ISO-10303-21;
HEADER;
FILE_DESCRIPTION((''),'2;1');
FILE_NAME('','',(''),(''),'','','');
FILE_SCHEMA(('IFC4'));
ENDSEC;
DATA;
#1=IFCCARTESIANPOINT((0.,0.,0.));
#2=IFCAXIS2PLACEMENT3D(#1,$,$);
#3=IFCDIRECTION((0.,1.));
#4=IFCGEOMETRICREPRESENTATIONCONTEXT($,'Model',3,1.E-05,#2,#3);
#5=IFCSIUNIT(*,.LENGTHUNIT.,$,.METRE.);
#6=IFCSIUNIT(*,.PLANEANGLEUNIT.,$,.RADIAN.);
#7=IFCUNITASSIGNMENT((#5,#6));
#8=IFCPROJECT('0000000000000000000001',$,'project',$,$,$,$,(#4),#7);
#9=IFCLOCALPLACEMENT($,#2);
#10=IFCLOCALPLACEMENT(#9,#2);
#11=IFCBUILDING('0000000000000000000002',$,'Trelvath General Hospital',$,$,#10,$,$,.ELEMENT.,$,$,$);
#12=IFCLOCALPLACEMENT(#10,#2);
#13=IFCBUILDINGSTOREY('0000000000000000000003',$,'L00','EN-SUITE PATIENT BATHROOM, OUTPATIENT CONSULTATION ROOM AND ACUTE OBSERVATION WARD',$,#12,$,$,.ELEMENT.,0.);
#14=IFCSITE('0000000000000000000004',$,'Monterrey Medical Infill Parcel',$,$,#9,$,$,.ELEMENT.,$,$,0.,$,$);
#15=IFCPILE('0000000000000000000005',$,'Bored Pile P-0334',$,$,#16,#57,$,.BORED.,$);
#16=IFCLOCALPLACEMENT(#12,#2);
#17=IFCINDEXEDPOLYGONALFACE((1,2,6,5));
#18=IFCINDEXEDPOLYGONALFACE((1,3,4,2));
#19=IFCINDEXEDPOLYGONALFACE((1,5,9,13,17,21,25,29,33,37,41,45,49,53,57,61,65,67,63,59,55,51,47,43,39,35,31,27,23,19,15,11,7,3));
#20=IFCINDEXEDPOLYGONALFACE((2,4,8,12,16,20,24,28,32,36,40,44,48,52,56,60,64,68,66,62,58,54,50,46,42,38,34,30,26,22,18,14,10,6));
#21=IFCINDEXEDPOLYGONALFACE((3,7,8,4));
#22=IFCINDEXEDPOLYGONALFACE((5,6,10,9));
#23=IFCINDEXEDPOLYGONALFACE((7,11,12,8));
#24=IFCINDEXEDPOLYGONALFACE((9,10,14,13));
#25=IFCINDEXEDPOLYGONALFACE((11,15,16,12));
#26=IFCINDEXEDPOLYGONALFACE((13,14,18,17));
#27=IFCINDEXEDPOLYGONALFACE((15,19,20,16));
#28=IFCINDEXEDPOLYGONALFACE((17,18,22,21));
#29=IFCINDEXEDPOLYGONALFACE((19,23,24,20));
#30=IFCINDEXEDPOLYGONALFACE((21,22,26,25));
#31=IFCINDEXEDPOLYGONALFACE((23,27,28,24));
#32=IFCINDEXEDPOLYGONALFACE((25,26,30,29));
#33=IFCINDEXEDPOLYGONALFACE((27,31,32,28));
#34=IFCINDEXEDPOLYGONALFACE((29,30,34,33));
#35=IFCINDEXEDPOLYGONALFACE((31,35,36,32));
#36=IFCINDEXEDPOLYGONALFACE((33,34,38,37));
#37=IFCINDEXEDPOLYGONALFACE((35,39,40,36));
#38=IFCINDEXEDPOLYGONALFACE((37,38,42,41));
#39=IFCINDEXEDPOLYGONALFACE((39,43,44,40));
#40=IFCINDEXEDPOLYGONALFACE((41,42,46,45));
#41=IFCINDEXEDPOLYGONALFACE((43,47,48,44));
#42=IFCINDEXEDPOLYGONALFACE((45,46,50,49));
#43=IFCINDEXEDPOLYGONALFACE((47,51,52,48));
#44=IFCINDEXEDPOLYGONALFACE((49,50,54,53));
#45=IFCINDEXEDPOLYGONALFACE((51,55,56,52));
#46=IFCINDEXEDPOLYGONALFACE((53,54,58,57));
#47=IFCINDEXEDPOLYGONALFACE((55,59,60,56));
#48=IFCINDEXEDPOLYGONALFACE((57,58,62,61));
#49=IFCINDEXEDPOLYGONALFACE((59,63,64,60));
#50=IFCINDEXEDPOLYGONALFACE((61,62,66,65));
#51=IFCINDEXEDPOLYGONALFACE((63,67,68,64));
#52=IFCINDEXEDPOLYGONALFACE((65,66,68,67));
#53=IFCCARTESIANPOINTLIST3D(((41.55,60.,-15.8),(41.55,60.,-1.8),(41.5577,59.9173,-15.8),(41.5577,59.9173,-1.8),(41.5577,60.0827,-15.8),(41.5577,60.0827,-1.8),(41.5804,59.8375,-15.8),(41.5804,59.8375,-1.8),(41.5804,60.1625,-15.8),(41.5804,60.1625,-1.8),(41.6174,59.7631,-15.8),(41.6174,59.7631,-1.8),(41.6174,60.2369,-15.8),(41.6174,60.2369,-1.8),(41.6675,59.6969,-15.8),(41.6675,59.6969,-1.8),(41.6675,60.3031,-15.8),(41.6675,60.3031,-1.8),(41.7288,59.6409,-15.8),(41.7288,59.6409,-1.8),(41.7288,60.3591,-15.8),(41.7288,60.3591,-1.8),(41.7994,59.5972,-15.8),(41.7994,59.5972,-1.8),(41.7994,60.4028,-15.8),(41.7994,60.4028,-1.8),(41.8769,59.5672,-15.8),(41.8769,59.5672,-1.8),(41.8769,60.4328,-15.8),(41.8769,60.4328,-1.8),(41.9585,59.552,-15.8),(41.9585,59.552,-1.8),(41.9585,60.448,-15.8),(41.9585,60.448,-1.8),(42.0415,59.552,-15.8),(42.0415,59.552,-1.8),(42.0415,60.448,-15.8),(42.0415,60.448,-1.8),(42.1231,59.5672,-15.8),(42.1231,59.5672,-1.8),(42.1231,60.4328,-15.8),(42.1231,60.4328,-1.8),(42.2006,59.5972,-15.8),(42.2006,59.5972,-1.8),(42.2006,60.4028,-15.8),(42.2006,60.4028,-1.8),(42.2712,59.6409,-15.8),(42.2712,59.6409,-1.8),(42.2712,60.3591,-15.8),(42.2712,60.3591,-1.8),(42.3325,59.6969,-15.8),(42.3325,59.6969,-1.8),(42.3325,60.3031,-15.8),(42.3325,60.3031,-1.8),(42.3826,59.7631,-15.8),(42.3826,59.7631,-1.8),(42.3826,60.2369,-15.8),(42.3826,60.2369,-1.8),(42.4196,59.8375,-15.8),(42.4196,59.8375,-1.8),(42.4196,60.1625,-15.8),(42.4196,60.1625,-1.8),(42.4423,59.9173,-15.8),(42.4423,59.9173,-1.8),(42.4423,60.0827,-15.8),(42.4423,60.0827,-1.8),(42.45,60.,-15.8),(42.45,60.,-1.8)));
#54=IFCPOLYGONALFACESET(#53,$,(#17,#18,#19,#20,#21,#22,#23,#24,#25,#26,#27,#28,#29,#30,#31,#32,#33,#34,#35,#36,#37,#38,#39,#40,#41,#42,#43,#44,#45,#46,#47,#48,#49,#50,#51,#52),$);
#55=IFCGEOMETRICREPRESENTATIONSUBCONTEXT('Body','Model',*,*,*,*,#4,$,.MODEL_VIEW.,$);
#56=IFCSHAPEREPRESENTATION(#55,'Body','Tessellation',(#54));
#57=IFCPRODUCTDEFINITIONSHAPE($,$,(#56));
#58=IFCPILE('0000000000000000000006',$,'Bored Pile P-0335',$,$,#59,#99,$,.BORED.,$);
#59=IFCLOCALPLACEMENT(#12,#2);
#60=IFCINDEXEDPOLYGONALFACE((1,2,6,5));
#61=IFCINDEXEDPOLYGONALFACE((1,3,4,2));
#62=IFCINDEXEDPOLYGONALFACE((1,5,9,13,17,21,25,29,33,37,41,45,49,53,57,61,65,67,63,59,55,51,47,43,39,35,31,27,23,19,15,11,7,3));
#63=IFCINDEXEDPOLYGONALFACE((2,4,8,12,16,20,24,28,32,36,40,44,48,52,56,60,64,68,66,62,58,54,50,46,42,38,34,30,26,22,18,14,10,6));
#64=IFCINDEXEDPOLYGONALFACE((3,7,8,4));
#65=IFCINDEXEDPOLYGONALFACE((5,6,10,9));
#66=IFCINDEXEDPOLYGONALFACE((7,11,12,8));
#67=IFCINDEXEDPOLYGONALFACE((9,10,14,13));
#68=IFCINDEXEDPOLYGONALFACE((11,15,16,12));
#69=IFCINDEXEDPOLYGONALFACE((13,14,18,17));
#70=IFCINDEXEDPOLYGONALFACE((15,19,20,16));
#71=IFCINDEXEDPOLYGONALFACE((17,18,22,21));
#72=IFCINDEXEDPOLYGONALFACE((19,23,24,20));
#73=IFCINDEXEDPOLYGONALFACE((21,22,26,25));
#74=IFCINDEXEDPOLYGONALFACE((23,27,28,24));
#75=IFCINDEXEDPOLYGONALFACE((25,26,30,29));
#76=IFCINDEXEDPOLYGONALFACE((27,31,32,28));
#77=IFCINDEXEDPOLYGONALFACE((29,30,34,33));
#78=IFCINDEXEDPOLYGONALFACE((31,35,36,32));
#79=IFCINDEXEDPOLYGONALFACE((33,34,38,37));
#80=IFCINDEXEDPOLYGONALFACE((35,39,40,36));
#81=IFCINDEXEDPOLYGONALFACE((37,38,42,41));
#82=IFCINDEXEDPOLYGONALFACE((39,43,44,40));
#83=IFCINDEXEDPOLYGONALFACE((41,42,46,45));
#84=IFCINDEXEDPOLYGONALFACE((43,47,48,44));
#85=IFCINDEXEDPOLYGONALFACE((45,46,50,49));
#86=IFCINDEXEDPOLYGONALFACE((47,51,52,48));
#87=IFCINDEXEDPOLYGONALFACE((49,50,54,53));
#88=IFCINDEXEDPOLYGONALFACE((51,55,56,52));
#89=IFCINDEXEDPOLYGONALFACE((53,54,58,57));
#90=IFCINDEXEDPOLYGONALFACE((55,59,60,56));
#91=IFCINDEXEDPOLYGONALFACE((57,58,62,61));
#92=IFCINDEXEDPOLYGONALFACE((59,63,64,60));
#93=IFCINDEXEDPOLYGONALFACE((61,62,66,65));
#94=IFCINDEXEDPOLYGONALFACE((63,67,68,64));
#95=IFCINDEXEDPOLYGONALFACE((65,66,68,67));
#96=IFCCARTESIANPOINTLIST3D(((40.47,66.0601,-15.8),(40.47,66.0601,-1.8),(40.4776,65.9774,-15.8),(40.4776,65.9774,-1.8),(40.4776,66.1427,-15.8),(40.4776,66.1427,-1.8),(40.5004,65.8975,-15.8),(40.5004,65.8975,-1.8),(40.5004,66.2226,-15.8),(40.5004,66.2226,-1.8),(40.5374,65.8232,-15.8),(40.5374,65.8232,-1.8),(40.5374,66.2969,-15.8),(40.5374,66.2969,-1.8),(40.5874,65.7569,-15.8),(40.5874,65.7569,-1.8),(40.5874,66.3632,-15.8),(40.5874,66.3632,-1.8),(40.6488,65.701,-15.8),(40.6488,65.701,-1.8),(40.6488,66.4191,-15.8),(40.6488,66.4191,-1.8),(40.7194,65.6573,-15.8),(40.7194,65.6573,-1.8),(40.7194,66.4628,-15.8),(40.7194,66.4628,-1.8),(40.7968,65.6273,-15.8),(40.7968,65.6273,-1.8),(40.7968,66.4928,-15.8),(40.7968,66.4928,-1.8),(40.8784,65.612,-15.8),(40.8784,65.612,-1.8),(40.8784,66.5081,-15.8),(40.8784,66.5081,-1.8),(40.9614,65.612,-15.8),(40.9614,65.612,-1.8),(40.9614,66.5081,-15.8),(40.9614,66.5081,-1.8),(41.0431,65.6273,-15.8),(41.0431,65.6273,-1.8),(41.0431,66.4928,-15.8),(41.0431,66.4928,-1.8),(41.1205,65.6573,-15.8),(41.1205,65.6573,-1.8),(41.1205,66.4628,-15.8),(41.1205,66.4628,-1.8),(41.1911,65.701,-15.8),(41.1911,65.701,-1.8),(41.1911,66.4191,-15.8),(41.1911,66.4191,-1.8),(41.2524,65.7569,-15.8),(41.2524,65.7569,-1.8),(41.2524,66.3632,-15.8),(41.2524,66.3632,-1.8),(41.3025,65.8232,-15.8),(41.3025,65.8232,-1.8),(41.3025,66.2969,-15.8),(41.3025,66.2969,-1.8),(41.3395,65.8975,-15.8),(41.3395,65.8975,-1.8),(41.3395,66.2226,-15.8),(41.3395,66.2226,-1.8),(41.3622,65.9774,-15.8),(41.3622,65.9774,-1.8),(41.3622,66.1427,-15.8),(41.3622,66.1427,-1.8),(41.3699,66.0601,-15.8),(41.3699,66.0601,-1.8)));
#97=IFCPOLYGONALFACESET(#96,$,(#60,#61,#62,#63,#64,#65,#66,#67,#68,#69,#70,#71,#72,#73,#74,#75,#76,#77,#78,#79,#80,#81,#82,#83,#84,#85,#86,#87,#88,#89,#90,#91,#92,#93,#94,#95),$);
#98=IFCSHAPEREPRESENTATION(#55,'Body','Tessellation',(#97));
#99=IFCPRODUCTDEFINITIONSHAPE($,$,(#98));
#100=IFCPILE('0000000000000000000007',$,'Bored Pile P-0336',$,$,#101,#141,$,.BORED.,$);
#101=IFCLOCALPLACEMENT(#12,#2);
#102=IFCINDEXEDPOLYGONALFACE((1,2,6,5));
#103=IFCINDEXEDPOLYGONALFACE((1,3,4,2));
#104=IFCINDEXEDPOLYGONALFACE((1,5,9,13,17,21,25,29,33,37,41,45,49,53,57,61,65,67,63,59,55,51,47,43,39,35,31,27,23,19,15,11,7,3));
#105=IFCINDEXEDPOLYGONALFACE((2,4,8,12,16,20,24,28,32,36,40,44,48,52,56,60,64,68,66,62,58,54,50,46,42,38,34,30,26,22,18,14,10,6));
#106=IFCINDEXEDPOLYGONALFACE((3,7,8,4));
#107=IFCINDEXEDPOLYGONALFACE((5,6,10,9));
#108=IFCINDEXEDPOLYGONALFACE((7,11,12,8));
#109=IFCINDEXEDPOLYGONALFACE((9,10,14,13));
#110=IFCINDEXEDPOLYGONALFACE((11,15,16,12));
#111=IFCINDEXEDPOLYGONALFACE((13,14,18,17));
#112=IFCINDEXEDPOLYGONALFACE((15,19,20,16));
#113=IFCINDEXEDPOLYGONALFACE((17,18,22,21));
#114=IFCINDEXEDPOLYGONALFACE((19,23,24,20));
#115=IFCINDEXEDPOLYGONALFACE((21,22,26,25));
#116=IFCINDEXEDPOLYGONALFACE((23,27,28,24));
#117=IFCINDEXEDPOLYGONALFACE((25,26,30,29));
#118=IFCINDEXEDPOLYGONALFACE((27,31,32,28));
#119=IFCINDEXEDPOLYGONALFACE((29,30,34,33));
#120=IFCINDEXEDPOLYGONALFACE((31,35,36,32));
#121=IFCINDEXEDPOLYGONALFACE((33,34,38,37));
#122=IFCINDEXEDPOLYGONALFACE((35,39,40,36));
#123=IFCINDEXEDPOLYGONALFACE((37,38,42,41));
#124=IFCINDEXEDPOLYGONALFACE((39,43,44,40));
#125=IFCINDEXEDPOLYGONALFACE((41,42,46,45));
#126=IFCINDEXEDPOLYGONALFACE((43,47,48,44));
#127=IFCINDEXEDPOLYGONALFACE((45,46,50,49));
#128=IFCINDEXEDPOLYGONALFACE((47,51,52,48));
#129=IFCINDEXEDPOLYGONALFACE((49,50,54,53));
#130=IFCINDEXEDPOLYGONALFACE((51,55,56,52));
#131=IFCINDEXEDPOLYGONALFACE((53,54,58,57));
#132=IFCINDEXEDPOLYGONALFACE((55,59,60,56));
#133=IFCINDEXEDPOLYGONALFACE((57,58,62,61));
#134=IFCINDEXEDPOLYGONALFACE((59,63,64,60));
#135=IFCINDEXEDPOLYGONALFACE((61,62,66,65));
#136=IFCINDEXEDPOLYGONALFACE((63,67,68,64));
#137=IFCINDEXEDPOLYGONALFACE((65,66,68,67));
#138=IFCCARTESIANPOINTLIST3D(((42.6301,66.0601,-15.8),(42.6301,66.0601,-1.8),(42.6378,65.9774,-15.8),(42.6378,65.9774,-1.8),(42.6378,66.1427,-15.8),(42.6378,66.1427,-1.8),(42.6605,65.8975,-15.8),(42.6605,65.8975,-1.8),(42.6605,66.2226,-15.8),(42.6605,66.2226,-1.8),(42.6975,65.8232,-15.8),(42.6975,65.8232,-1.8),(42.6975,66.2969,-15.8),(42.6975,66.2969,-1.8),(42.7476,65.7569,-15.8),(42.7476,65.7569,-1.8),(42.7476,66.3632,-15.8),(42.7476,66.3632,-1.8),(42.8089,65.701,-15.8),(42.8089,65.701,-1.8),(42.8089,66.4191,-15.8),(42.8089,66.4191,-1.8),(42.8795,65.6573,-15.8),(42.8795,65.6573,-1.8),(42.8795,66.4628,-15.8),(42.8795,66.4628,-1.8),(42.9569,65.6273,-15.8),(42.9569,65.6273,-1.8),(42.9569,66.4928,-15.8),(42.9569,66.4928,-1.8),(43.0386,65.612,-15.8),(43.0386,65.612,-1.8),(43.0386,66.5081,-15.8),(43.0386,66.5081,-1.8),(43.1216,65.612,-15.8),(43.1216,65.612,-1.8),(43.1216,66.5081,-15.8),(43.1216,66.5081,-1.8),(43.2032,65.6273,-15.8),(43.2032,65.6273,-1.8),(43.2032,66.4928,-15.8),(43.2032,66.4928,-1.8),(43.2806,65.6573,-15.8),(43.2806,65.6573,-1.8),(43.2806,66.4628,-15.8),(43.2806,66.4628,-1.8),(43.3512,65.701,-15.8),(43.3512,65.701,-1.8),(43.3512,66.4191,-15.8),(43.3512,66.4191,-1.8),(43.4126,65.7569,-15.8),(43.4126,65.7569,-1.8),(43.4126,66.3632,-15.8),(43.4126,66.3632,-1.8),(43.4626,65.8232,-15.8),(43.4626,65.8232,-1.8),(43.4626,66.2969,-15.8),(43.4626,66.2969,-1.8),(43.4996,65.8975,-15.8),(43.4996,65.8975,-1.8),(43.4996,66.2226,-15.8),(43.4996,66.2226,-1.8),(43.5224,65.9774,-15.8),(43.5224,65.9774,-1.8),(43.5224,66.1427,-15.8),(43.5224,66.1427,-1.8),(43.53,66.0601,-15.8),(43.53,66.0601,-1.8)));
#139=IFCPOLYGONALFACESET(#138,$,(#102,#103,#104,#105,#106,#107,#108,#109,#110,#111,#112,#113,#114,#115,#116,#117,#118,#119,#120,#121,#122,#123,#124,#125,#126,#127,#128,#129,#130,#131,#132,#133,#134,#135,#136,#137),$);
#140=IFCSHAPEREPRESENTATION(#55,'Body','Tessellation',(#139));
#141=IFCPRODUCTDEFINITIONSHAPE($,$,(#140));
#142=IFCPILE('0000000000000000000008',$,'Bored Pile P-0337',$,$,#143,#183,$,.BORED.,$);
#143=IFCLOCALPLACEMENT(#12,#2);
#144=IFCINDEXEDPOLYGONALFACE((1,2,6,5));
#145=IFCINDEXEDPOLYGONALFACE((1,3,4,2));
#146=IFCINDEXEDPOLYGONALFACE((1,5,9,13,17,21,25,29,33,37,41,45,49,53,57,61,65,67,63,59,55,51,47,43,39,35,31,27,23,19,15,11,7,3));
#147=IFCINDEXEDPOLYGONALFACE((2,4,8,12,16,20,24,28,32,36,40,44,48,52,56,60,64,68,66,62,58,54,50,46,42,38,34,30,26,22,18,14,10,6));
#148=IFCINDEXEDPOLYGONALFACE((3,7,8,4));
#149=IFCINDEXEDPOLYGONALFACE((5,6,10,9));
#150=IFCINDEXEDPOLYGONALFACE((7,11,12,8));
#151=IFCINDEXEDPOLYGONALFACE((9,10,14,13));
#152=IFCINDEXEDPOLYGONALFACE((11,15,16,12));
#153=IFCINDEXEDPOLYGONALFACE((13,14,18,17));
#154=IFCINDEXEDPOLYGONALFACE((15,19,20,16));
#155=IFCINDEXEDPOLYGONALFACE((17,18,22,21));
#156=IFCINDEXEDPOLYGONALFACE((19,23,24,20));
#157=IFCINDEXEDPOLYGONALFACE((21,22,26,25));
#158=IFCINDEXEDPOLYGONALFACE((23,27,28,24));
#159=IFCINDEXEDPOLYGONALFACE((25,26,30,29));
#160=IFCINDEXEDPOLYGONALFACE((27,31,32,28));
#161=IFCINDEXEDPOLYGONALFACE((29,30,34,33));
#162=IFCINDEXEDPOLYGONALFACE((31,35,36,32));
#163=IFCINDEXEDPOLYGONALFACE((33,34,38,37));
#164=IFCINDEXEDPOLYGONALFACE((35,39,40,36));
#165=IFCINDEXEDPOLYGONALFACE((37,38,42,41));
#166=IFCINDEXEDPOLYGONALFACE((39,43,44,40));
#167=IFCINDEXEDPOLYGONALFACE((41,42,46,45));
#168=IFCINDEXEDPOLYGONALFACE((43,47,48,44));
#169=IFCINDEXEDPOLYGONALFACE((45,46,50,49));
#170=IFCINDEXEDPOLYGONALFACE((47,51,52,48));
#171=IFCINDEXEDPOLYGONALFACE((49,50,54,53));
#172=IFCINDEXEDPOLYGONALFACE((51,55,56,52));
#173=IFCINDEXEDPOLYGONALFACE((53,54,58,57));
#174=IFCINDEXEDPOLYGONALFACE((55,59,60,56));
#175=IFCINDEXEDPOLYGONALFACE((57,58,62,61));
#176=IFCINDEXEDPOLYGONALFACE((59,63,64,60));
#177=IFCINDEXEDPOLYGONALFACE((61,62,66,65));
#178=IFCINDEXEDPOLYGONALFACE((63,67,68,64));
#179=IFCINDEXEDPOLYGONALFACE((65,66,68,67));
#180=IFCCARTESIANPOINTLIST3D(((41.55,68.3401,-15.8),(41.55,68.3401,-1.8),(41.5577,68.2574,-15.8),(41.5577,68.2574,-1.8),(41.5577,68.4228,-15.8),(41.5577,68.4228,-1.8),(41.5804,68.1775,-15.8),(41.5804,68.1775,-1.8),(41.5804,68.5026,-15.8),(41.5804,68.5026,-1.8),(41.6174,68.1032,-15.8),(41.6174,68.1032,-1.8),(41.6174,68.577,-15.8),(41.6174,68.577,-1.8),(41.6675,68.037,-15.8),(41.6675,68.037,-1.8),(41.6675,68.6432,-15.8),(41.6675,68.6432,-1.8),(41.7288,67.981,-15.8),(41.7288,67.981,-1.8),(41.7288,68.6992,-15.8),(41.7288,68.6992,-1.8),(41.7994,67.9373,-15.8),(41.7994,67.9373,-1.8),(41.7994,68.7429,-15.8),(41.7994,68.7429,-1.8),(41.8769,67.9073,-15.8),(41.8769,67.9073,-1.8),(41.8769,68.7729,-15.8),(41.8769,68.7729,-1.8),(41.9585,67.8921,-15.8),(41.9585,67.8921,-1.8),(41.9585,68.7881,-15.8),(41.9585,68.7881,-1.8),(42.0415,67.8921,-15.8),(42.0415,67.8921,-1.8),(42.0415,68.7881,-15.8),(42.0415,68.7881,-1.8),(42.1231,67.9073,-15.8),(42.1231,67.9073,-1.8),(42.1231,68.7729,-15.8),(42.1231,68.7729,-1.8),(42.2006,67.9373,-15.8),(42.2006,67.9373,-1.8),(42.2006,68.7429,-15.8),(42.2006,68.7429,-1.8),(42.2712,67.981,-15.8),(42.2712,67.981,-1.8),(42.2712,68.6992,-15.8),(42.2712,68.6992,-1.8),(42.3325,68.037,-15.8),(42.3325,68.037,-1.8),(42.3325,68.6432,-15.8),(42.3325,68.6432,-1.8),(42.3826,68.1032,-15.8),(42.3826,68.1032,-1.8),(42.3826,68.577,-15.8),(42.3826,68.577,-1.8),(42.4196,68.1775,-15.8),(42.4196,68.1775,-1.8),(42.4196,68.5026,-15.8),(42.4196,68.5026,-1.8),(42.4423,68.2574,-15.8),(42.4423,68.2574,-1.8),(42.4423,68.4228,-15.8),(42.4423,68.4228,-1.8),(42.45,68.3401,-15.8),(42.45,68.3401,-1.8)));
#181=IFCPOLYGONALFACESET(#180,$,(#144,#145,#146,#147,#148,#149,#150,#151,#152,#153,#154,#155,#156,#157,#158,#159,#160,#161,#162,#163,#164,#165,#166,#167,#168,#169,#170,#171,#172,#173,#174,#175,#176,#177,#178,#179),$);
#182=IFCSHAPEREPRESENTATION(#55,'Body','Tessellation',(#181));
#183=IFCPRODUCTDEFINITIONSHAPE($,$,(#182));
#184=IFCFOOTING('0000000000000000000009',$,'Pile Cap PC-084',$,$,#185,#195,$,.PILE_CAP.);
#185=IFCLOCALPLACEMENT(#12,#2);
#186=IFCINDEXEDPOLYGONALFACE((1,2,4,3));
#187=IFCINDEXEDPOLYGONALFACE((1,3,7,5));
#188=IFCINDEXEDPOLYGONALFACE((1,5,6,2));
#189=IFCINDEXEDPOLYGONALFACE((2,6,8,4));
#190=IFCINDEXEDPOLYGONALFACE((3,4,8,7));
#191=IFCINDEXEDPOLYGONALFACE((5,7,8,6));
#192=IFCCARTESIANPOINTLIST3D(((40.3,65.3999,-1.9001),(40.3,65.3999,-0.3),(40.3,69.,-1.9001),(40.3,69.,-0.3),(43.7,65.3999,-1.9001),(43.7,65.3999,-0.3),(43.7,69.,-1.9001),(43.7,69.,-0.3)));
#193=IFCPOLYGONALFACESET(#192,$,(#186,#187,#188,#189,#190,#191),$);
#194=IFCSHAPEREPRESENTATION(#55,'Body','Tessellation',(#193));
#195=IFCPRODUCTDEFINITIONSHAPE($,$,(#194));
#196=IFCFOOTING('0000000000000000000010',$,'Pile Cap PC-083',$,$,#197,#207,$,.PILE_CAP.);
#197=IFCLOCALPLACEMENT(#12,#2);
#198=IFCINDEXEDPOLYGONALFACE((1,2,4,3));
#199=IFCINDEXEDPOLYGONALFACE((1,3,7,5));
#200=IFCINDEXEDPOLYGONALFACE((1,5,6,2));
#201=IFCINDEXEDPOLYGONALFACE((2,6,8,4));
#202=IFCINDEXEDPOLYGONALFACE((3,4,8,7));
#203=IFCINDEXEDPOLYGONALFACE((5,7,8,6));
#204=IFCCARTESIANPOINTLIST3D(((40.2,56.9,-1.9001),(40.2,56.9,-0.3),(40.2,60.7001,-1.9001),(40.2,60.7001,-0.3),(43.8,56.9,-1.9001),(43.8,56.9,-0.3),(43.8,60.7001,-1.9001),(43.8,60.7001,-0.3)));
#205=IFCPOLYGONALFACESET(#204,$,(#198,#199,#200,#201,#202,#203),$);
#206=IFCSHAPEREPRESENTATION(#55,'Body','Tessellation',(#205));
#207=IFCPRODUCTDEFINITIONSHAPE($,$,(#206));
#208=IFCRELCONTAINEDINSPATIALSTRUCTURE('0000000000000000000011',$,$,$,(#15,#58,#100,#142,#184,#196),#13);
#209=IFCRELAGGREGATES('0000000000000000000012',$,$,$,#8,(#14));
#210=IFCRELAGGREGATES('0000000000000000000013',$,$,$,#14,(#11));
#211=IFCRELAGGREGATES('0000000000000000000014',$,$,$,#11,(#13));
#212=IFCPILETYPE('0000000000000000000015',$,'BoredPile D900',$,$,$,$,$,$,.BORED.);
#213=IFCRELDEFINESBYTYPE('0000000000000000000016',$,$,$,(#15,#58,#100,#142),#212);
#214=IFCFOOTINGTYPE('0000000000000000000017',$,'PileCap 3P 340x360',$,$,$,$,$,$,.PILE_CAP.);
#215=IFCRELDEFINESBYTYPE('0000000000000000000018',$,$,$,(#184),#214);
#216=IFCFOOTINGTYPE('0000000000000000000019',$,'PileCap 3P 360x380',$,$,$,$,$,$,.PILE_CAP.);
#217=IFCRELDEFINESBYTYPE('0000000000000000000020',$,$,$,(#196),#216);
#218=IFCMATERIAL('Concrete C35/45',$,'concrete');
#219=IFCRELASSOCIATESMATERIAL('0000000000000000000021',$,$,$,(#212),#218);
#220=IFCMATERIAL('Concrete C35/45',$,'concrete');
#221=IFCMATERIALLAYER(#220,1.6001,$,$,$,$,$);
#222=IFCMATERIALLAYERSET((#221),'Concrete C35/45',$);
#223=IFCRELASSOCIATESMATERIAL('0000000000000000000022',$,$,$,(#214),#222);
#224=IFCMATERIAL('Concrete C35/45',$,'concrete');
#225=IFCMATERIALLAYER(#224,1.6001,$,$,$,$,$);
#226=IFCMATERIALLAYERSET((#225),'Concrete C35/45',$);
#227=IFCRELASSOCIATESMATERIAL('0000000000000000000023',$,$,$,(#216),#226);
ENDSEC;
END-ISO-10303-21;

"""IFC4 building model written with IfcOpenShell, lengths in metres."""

from ifc_helpers import new_model, si_unit, direction, frame, origin, origin_2d, place, context, subcontext, project, spatial, rectangle, circle, extrude, material, layer, layer_set, material_profile, profile_set, type_object, element, save


model = new_model("IFC4")

# Units and contexts
model_context = context("Model", 3, precision=1e-05, world=origin(), true_north=direction((0.0, 1.0)))
body_context = subcontext(model_context, "Body", "Model", "MODEL_VIEW")
ifc_project = project(units=[si_unit("LENGTHUNIT", "METRE"), si_unit("PLANEANGLEUNIT", "RADIAN")], contexts=[model_context])

# Site, building, storey
site_placement = place(None, origin())
site = spatial("IfcSite", under=ifc_project, at=site_placement, Name="Monterrey Medical Infill Parcel", CompositionType="ELEMENT", RefElevation=0.0)
building_placement = place(site_placement, origin())
building = spatial("IfcBuilding", under=site, at=building_placement, Name="Trelvath General Hospital", CompositionType="ELEMENT")
storey_placement = place(building_placement, origin())
storey = spatial("IfcBuildingStorey", under=building, at=storey_placement, Name="L00", Description="EN-SUITE PATIENT BATHROOM, OUTPATIENT CONSULTATION ROOM AND ACUTE OBSERVATION WARD", CompositionType="ELEMENT", Elevation=0.0)

# Piles
ifc_material_1 = material(Name="Concrete C35/45", Category="concrete")
ifc_material_profile_1 = material_profile(ifc_material_1, circle(Radius=0.45, at=origin_2d()), Name="PILE900")
ifc_profile_set_1 = profile_set([ifc_material_profile_1], Name="Concrete C35/45")
pile_type = type_object("IfcPileType", Name="BoredPile D900", PredefinedType="BORED", material=ifc_profile_set_1)
for number, where, z_axis, x_axis, name in (
    (1, (42.0, 60.0, -1.8), (0.0, 0.0, -1.0), (1.0, 0.0, 0.0), "Bored Pile P-0334"),
    (2, (40.9199, 66.0601, -1.8), (0.0, 0.0, -1.0), (1.0, 0.0, 0.0), "Bored Pile P-0335"),
    (3, (43.0801, 66.0601, -1.8), (0.0, 0.0, -1.0), (1.0, 0.0, 0.0), "Bored Pile P-0336"),
    (4, (42.0, 68.3401, -1.8), (0.0, 0.0, -1.0), (1.0, 0.0, 0.0), "Bored Pile P-0337"),
):
    element("IfcPile", number, at=place(storey_placement, frame(where, z_axis=z_axis, x_axis=x_axis)), inside=storey, type_object=pile_type, Name=name, PredefinedType="BORED", context=body_context, shape_type="SweptSolid", body=[
        extrude(circle(Radius=0.45, at=origin_2d()), origin(), (0.0, 0.0, 1.0), 14.0),
    ])

# Footings
ifc_material_2 = material(Name="Concrete C35/45", Category="concrete")
ifc_layer_1 = layer(ifc_material_2, 1.6001)
ifc_layer_set_1 = layer_set([ifc_layer_1], Name="Concrete C35/45")
footing_type_1 = type_object("IfcFootingType", Name="PileCap 3P 340x360", PredefinedType="PILE_CAP", material=ifc_layer_set_1)
footing_1_placement = place(storey_placement, frame((42.0, 67.2, -1.9001), z_axis=(0.0, 0.0, 1.0), x_axis=(1.0, 0.0, 0.0)))
element("IfcFooting", 5, at=footing_1_placement, inside=storey, type_object=footing_type_1, Name="Pile Cap PC-084", PredefinedType="PILE_CAP", context=body_context, shape_type="SweptSolid", body=[
    extrude(rectangle(XDim=3.3999, YDim=3.6001, at=origin_2d()), origin(), (0.0, 0.0, 1.0), 1.6001),
])
ifc_material_3 = material(Name="Concrete C35/45", Category="concrete")
ifc_layer_2 = layer(ifc_material_3, 1.6001)
ifc_layer_set_2 = layer_set([ifc_layer_2], Name="Concrete C35/45")
footing_type_2 = type_object("IfcFootingType", Name="PileCap 3P 360x380", PredefinedType="PILE_CAP", material=ifc_layer_set_2)
footing_2_placement = place(storey_placement, frame((42.0, 58.8, -1.9001), z_axis=(0.0, 0.0, 1.0), x_axis=(1.0, 0.0, 0.0)))
element("IfcFooting", 6, at=footing_2_placement, inside=storey, type_object=footing_type_2, Name="Pile Cap PC-083", PredefinedType="PILE_CAP", context=body_context, shape_type="SweptSolid", body=[
    extrude(rectangle(XDim=3.6001, YDim=3.8, at=origin_2d()), origin(), (0.0, 0.0, 1.0), 1.6001),
])

save(model, "model.ifc")
